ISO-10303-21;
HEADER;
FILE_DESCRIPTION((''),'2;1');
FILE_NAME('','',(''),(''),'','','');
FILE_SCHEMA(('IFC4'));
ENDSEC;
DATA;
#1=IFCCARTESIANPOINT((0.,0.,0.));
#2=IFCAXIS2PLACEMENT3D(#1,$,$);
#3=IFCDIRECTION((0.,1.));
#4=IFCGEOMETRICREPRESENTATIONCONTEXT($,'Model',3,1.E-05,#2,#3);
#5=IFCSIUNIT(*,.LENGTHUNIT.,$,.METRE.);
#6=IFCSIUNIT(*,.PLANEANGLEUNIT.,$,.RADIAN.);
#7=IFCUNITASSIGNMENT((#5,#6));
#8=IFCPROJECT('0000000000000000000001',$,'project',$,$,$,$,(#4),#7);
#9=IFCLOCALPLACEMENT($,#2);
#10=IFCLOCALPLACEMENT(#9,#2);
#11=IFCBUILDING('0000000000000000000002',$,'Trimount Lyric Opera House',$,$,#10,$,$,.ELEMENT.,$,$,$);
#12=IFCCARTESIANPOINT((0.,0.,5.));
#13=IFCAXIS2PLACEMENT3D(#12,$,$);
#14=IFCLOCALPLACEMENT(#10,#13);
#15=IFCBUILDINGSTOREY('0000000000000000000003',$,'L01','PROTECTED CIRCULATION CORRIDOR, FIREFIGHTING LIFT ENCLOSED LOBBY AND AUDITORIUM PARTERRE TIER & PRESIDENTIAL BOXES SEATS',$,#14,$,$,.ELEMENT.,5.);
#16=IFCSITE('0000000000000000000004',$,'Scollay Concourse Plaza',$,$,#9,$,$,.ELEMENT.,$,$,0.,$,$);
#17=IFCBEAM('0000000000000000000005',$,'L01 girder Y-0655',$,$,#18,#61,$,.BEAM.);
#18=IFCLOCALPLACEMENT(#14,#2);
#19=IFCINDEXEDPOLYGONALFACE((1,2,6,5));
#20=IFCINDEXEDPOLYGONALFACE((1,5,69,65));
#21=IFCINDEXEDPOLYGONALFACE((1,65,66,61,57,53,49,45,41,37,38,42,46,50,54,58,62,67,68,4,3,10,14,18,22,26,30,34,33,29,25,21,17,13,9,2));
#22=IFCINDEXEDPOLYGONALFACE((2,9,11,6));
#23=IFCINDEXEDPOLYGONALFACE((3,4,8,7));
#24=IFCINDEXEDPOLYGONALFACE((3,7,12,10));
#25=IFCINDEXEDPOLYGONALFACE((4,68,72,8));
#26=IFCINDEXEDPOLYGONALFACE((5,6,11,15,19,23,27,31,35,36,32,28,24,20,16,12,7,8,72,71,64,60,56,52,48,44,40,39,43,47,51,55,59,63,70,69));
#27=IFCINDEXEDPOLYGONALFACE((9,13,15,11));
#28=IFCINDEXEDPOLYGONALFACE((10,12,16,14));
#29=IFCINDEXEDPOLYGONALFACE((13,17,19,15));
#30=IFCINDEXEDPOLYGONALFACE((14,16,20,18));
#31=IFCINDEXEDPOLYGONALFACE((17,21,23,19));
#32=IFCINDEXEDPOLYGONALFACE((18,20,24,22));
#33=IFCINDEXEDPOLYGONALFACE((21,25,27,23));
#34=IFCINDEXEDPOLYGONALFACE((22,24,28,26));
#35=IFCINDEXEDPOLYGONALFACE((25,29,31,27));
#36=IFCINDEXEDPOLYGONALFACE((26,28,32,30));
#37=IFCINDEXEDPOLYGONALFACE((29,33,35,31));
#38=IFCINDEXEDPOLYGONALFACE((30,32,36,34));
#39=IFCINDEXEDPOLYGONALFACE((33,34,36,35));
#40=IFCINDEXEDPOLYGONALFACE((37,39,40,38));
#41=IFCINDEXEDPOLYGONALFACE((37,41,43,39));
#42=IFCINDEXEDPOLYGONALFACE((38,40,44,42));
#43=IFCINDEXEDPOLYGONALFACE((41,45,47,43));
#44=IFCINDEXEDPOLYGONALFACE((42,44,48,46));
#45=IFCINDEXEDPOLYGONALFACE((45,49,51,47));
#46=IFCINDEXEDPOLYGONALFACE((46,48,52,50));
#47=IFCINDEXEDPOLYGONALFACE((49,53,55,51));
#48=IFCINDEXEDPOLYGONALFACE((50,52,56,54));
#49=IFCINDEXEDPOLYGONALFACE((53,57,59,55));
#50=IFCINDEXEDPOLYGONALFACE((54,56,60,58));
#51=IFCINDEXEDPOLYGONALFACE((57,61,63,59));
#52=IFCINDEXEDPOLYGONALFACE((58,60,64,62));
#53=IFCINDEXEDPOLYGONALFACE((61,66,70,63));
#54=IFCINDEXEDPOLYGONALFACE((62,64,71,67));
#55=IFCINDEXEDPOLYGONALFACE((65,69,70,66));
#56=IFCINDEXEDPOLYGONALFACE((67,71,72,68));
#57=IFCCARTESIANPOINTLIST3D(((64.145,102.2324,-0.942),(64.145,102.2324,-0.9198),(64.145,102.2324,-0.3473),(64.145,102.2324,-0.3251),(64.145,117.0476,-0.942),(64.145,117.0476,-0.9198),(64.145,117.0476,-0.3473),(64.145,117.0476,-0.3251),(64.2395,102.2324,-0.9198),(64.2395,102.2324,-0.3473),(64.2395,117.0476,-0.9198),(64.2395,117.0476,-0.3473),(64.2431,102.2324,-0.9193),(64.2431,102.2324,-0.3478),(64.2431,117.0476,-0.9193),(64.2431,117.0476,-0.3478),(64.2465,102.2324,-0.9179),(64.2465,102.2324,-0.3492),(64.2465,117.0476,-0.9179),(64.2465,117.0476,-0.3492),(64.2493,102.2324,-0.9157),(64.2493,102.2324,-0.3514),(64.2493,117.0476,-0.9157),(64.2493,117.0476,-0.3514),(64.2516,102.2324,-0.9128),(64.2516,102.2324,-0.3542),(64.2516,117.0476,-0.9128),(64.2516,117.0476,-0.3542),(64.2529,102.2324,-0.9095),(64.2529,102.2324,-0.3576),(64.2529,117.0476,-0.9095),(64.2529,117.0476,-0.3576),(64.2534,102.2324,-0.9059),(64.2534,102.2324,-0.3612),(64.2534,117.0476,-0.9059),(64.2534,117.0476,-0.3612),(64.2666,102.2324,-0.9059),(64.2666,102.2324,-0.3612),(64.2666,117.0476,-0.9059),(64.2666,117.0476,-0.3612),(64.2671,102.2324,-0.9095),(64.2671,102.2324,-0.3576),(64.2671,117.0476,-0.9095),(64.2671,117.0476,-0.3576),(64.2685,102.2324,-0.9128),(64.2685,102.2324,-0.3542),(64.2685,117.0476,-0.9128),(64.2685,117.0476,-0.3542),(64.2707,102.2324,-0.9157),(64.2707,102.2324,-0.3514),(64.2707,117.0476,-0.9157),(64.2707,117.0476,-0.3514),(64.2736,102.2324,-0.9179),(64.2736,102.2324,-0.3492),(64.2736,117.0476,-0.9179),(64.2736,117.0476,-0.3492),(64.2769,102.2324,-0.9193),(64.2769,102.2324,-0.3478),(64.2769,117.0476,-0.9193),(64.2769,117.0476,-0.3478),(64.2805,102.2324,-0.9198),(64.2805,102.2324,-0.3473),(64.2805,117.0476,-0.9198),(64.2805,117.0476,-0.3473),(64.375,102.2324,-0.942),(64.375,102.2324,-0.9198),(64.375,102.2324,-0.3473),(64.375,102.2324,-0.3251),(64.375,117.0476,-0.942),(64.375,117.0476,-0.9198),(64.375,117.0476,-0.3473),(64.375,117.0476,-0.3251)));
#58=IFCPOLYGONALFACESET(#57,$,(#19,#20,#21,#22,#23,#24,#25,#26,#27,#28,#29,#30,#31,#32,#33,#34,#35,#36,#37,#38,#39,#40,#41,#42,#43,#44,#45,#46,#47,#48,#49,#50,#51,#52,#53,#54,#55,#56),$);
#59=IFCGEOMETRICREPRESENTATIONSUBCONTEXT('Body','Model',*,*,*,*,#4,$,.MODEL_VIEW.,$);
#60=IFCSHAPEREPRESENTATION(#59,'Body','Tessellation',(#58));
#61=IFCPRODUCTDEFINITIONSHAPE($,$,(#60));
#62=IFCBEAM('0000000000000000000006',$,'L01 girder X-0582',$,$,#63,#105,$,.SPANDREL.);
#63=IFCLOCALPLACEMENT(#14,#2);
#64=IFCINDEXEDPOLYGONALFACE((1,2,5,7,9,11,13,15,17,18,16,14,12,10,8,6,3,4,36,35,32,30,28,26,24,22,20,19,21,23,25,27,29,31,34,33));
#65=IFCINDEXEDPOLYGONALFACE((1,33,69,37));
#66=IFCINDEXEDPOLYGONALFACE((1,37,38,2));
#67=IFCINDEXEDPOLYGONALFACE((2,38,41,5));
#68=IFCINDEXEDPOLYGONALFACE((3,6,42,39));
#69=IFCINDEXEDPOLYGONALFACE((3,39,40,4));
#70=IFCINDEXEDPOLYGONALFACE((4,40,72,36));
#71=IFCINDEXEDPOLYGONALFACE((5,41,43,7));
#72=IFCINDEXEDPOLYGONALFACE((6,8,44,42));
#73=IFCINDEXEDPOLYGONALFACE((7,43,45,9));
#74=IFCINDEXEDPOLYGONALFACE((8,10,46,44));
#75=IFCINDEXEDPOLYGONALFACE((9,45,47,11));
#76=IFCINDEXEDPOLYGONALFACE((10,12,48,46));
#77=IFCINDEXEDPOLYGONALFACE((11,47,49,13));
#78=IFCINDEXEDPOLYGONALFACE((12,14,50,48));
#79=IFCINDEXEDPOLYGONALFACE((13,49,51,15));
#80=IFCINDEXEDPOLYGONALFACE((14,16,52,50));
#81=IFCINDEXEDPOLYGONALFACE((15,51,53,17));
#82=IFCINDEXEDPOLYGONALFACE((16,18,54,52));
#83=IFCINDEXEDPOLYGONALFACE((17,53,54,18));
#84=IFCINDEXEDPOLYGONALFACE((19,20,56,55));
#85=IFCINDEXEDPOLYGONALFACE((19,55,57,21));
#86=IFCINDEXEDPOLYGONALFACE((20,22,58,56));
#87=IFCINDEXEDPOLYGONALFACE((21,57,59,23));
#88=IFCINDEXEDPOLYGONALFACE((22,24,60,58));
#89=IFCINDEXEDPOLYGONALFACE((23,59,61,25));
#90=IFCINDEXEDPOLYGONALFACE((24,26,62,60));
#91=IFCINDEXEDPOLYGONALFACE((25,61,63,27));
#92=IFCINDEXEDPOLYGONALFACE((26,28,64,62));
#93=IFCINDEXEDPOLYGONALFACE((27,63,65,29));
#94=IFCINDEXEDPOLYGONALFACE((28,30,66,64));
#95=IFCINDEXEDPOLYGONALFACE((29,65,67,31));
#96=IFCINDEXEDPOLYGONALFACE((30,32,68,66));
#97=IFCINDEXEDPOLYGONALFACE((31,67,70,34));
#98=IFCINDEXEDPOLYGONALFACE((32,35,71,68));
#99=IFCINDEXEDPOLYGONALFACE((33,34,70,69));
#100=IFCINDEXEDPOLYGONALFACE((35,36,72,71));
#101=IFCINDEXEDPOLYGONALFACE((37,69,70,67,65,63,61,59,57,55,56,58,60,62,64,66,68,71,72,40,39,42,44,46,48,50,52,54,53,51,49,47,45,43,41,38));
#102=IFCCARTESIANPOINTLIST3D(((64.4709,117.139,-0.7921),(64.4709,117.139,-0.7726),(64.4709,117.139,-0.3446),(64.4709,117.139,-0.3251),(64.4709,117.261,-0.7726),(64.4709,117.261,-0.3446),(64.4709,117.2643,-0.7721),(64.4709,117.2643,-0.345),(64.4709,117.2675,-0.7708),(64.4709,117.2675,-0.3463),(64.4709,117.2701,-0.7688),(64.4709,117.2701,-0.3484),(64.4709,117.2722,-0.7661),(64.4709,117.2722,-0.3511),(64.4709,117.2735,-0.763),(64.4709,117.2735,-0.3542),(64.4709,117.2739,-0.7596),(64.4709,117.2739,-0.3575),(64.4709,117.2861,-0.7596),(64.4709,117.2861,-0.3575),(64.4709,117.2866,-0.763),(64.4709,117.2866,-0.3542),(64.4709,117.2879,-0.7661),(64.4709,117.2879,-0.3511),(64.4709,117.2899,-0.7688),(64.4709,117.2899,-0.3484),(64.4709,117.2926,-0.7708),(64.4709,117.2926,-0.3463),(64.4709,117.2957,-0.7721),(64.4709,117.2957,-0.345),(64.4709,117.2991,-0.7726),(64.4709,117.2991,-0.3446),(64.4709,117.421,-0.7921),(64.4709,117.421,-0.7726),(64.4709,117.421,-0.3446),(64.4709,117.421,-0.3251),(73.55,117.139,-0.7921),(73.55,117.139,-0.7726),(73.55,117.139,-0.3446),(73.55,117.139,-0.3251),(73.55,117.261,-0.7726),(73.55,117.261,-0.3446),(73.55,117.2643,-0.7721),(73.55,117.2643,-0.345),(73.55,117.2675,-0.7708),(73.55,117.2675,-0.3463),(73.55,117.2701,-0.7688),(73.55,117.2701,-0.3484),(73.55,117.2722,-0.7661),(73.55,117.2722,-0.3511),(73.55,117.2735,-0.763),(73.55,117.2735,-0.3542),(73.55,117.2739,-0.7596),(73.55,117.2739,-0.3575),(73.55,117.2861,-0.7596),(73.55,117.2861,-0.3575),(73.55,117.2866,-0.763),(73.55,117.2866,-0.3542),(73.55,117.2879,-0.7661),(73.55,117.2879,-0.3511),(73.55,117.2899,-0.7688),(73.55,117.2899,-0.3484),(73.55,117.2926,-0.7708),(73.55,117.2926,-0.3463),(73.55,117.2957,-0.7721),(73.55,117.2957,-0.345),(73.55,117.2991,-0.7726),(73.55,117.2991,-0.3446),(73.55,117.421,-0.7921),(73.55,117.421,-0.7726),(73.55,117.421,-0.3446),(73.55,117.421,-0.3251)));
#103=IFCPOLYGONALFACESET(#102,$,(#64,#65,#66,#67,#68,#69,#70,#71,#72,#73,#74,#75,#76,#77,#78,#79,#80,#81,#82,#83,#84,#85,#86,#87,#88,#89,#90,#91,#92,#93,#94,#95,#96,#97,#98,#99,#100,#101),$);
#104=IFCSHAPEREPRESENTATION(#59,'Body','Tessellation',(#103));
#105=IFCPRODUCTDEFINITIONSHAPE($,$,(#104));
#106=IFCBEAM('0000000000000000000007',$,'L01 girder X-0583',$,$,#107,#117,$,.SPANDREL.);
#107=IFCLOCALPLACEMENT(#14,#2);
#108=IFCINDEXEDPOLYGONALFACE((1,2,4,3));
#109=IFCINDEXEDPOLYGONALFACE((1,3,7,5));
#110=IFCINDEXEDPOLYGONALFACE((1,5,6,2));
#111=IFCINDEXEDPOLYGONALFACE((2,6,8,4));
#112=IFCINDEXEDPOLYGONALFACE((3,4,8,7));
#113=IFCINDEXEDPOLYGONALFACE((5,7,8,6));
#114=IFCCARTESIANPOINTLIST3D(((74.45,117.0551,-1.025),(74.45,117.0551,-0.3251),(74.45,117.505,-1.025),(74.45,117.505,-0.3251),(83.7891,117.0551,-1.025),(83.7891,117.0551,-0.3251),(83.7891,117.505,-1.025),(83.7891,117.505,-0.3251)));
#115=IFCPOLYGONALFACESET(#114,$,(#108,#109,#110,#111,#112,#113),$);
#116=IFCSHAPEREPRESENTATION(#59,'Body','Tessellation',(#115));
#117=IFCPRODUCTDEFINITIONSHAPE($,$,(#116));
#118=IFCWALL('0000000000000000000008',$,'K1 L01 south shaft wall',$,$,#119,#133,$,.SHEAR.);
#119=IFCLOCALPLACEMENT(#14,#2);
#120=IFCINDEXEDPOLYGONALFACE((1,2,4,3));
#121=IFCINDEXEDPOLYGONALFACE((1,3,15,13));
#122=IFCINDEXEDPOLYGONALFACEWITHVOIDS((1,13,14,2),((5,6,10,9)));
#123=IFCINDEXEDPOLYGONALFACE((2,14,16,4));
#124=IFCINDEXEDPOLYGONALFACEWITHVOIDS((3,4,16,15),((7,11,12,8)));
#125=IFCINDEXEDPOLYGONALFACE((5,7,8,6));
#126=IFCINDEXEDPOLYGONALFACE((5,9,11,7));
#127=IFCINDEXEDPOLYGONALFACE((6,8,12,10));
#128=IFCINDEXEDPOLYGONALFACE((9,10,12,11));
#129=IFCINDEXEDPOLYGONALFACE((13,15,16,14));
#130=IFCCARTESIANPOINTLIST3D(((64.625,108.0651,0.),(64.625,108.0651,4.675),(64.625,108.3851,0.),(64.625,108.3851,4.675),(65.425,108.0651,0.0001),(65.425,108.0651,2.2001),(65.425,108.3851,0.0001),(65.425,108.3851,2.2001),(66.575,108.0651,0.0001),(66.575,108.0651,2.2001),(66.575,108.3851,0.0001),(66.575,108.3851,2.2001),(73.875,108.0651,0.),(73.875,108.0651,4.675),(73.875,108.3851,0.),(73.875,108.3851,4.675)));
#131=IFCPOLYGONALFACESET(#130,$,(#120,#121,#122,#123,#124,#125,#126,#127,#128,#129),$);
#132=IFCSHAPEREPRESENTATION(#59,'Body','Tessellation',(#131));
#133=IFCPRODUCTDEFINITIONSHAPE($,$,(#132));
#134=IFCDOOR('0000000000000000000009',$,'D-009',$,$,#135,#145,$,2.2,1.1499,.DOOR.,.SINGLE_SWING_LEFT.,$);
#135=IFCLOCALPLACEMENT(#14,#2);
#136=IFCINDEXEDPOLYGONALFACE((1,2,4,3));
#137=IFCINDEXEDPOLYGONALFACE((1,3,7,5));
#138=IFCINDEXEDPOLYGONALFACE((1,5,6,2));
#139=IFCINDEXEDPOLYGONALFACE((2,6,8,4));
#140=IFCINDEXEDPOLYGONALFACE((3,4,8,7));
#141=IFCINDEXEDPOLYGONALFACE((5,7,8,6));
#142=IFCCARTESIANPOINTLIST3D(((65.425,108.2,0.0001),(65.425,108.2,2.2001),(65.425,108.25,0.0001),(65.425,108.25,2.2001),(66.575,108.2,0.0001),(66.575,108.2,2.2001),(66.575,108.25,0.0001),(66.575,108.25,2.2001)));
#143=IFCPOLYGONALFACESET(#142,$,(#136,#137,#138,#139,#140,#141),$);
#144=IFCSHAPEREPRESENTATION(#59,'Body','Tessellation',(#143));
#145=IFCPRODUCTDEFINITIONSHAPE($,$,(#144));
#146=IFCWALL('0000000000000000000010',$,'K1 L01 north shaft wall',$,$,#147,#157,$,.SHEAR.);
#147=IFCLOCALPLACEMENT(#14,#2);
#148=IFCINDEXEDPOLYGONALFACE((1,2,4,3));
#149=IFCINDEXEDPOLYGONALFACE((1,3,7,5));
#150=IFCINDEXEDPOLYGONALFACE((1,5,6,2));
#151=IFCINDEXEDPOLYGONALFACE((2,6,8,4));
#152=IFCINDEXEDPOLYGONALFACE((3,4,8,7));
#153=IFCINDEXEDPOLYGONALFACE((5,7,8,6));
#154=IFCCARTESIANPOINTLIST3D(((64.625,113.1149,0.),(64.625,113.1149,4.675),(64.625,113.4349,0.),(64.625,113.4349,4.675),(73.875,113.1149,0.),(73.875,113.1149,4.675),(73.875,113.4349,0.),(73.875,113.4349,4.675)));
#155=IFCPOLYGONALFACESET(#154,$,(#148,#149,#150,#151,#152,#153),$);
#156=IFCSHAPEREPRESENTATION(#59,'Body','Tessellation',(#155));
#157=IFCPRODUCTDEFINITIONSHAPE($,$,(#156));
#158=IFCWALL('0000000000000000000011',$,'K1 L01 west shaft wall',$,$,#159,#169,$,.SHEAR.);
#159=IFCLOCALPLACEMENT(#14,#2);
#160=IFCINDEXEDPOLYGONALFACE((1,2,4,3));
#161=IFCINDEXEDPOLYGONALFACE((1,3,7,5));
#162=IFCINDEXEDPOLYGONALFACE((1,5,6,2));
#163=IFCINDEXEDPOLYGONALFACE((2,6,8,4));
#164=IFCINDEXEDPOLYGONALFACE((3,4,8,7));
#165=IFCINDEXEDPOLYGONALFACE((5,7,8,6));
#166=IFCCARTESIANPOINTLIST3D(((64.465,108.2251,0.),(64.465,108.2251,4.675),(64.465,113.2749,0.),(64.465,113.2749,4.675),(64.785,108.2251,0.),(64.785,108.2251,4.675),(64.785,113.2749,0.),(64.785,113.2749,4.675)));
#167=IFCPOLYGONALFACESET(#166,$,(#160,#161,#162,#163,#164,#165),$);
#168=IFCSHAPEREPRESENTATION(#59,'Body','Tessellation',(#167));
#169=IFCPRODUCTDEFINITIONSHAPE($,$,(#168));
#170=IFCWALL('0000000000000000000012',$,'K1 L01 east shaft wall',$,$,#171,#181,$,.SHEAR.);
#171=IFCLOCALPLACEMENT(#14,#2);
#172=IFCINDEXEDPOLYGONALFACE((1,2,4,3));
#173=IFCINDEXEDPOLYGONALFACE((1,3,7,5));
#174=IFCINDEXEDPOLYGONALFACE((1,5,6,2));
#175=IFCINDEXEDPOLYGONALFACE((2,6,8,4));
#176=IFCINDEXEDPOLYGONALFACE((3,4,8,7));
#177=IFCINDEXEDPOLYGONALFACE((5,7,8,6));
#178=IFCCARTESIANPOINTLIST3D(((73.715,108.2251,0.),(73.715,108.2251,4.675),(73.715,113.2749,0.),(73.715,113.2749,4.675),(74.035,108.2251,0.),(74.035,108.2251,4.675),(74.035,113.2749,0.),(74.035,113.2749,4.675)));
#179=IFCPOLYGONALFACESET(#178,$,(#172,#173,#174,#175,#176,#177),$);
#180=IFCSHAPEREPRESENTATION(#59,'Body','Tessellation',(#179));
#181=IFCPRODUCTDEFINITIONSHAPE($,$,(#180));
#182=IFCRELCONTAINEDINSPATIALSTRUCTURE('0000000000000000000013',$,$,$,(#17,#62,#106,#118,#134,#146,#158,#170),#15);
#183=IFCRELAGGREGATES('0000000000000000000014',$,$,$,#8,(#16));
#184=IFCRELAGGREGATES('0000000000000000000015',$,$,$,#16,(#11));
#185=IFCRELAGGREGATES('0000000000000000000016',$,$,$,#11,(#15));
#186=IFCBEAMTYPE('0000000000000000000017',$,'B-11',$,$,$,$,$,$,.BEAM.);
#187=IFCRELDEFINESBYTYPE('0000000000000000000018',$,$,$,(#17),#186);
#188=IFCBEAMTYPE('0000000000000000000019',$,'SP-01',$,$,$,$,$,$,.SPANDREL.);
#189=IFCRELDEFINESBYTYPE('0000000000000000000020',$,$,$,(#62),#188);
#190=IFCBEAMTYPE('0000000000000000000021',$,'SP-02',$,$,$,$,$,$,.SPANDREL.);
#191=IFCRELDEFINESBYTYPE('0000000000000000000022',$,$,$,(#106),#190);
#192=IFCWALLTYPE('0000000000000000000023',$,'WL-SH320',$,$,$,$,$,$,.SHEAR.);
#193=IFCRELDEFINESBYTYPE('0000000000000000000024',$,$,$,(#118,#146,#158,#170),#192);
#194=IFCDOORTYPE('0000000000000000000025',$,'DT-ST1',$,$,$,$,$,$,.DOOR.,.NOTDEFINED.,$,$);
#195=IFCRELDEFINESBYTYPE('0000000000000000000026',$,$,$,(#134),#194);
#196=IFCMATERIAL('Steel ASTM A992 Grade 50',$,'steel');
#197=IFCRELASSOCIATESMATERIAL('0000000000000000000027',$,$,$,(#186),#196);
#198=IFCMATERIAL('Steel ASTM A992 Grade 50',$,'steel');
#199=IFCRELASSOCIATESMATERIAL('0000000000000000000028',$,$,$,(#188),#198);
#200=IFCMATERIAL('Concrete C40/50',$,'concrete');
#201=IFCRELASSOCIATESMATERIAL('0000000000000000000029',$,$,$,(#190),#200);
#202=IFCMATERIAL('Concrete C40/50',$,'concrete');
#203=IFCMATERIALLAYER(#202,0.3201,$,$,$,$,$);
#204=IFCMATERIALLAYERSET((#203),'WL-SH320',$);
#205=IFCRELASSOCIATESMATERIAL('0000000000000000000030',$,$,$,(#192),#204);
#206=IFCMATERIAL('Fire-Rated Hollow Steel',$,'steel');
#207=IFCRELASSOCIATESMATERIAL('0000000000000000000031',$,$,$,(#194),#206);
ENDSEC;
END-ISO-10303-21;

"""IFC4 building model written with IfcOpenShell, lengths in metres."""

from ifc_helpers import new_model, si_unit, direction, frame, frame_2d, origin, origin_2d, place, context, subcontext, project, spatial, rectangle, i_section, extrude, material, layer, layer_set, material_profile, profile_set, type_object, element, fill, save


model = new_model("IFC4")

# Units and contexts
model_context = context("Model", 3, precision=1e-05, world=origin(), true_north=direction((0.0, 1.0)))
body_context = subcontext(model_context, "Body", "Model", "MODEL_VIEW")
ifc_project = project(units=[si_unit("LENGTHUNIT", "METRE"), si_unit("PLANEANGLEUNIT", "RADIAN")], contexts=[model_context])

# Site, building, storey
site_placement = place(None, origin())
site = spatial("IfcSite", under=ifc_project, at=site_placement, Name="Scollay Concourse Plaza", CompositionType="ELEMENT", RefElevation=0.0)
building_placement = place(site_placement, origin())
building = spatial("IfcBuilding", under=site, at=building_placement, Name="Trimount Lyric Opera House", CompositionType="ELEMENT")
storey_placement = place(building_placement, frame((0.0, 0.0, 5.0)))
storey = spatial("IfcBuildingStorey", under=building, at=storey_placement, Name="L01", Description="PROTECTED CIRCULATION CORRIDOR, FIREFIGHTING LIFT ENCLOSED LOBBY AND AUDITORIUM PARTERRE TIER & PRESIDENTIAL BOXES SEATS", CompositionType="ELEMENT", Elevation=5.0)

# Beams
ifc_material_1 = material(Name="Steel ASTM A992 Grade 50", Category="steel")
ifc_material_profile_1 = material_profile(ifc_material_1, i_section(OverallWidth=0.23, OverallDepth=0.6169, WebThickness=0.0132, FlangeThickness=0.0222, FilletRadius=0.0139, at=origin_2d()), Name="W24X94")
ifc_profile_set_1 = profile_set([ifc_material_profile_1], Name="Steel ASTM A992 Grade 50")
beam_type_1 = type_object("IfcBeamType", Name="B-11", PredefinedType="BEAM", material=ifc_profile_set_1)
beam_1_placement = place(storey_placement, frame((64.26, 102.2324, -0.6335), z_axis=(0.0, 1.0, 0.0), x_axis=(-1.0, 0.0, 0.0)))
element("IfcBeam", 1, at=beam_1_placement, inside=storey, type_object=beam_type_1, Name="L01 girder Y-0655", PredefinedType="BEAM", context=body_context, shape_type="SweptSolid", body=[
    extrude(i_section(OverallWidth=0.23, OverallDepth=0.6169, WebThickness=0.0132, FlangeThickness=0.0222, FilletRadius=0.0139, at=origin_2d()), origin(), (0.0, 0.0, 1.0), 14.8152),
])
ifc_material_2 = material(Name="Steel ASTM A992 Grade 50", Category="steel")
ifc_material_profile_2 = material_profile(ifc_material_2, i_section(OverallWidth=0.282, OverallDepth=0.467, WebThickness=0.0122, FlangeThickness=0.0195, FilletRadius=0.0129, at=origin_2d()), Name="W18X86")
ifc_profile_set_2 = profile_set([ifc_material_profile_2], Name="Steel ASTM A992 Grade 50")
beam_type_2 = type_object("IfcBeamType", Name="SP-01", PredefinedType="SPANDREL", material=ifc_profile_set_2)
beam_2_placement = place(storey_placement, frame((64.4709, 117.28, -0.5586), z_axis=(1.0, 0.0, 0.0), x_axis=(0.0, 1.0, 0.0)))
element("IfcBeam", 2, at=beam_2_placement, inside=storey, type_object=beam_type_2, Name="L01 girder X-0582", PredefinedType="SPANDREL", context=body_context, shape_type="SweptSolid", body=[
    extrude(i_section(OverallWidth=0.282, OverallDepth=0.467, WebThickness=0.0122, FlangeThickness=0.0195, FilletRadius=0.0129, at=origin_2d()), origin(), (0.0, 0.0, 1.0), 9.0791),
])
ifc_material_3 = material(Name="Concrete C40/50", Category="concrete")
ifc_material_profile_3 = material_profile(ifc_material_3, rectangle(XDim=0.45, YDim=0.7, at=origin_2d()), Name="RC450X700")
ifc_profile_set_3 = profile_set([ifc_material_profile_3], Name="Concrete C40/50")
beam_type_3 = type_object("IfcBeamType", Name="SP-02", PredefinedType="SPANDREL", material=ifc_profile_set_3)
beam_3_placement = place(storey_placement, frame((74.45, 117.28, -0.675), z_axis=(1.0, 0.0, 0.0), x_axis=(0.0, 1.0, 0.0)))
element("IfcBeam", 3, at=beam_3_placement, inside=storey, type_object=beam_type_3, Name="L01 girder X-0583", PredefinedType="SPANDREL", context=body_context, shape_type="SweptSolid", body=[
    extrude(rectangle(XDim=0.45, YDim=0.7, at=origin_2d()), origin(), (0.0, 0.0, 1.0), 9.3391),
])

# Wall, opening, door
ifc_material_4 = material(Name="Concrete C40/50", Category="concrete")
ifc_layer_1 = layer(ifc_material_4, 0.3201)
ifc_layer_set_1 = layer_set([ifc_layer_1], Name="WL-SH320")
wall_type_1 = type_object("IfcWallType", Name="WL-SH320", PredefinedType="SHEAR", material=ifc_layer_set_1)
wall_1_placement = place(storey_placement, frame((64.625, 108.2251, 0.0), z_axis=(0.0, 0.0, 1.0), x_axis=(1.0, 0.0, 0.0)))
wall_1 = element("IfcWall", 4, at=wall_1_placement, inside=storey, type_object=wall_type_1, Name="K1 L01 south shaft wall", PredefinedType="SHEAR", context=body_context, shape_type="SweptSolid", body=[
    extrude(rectangle(XDim=9.25, YDim=0.3201, at=frame_2d((4.625, 0.0))), origin(), (0.0, 0.0, 1.0), 4.675),
])
opening_1_placement = place(wall_1_placement, frame((0.8, 0.0, 0.0)))
opening_1 = element("IfcOpeningElement", 5, at=opening_1_placement, cuts=wall_1, PredefinedType="OPENING", context=body_context, shape_type="SweptSolid", body=[
    extrude(rectangle(XDim=1.1499, YDim=2.2, at=frame_2d((0.575, 1.1001))), frame((0.0, 0.1699, 0.0), z_axis=(0.0, -1.0, 0.0), x_axis=(1.0, 0.0, 0.0)), (0.0, 0.0, 1.0), 0.3401),
])
ifc_material_5 = material(Name="Fire-Rated Hollow Steel", Category="steel")
door_type_1 = type_object("IfcDoorType", Name="DT-ST1", OperationType="NOTDEFINED", PredefinedType="DOOR", material=ifc_material_5)
door_1_placement = place(opening_1_placement, origin())
door_1 = element("IfcDoor", 6, at=door_1_placement, inside=storey, type_object=door_type_1, Name="D-009", OperationType="SINGLE_SWING_LEFT", OverallHeight=2.2, OverallWidth=1.1499, PredefinedType="DOOR", context=body_context, shape_type="SweptSolid", body=[
    extrude(rectangle(XDim=1.1499, YDim=2.2, at=frame_2d((0.575, 1.1001))), frame((0.0, 0.0249, 0.0), z_axis=(0.0, -1.0, 0.0), x_axis=(1.0, 0.0, 0.0)), (0.0, 0.0, 1.0), 0.05),
])
fill(opening_1, door_1)

# Walls
wall_2_placement = place(storey_placement, frame((73.875, 113.2749, 0.0), z_axis=(0.0, 0.0, 1.0), x_axis=(-1.0, 0.0, 0.0)))
element("IfcWall", 7, at=wall_2_placement, inside=storey, type_object=wall_type_1, Name="K1 L01 north shaft wall", PredefinedType="SHEAR", context=body_context, shape_type="SweptSolid", body=[
    extrude(rectangle(XDim=9.25, YDim=0.3201, at=frame_2d((4.625, 0.0))), origin(), (0.0, 0.0, 1.0), 4.675),
])
for number, where, z_axis, x_axis, name in (
    (8, (64.625, 113.2749, 0.0), (0.0, 0.0, 1.0), (0.0, -1.0, 0.0), "K1 L01 west shaft wall"),
    (9, (73.875, 108.2251, 0.0), (0.0, 0.0, 1.0), (0.0, 1.0, 0.0), "K1 L01 east shaft wall"),
):
    element("IfcWall", number, at=place(storey_placement, frame(where, z_axis=z_axis, x_axis=x_axis)), inside=storey, type_object=wall_type_1, Name=name, PredefinedType="SHEAR", context=body_context, shape_type="SweptSolid", body=[
        extrude(rectangle(XDim=5.0498, YDim=0.3201, at=frame_2d((2.5249, 0.0))), origin(), (0.0, 0.0, 1.0), 4.675),
    ])

save(model, "model.ifc")
